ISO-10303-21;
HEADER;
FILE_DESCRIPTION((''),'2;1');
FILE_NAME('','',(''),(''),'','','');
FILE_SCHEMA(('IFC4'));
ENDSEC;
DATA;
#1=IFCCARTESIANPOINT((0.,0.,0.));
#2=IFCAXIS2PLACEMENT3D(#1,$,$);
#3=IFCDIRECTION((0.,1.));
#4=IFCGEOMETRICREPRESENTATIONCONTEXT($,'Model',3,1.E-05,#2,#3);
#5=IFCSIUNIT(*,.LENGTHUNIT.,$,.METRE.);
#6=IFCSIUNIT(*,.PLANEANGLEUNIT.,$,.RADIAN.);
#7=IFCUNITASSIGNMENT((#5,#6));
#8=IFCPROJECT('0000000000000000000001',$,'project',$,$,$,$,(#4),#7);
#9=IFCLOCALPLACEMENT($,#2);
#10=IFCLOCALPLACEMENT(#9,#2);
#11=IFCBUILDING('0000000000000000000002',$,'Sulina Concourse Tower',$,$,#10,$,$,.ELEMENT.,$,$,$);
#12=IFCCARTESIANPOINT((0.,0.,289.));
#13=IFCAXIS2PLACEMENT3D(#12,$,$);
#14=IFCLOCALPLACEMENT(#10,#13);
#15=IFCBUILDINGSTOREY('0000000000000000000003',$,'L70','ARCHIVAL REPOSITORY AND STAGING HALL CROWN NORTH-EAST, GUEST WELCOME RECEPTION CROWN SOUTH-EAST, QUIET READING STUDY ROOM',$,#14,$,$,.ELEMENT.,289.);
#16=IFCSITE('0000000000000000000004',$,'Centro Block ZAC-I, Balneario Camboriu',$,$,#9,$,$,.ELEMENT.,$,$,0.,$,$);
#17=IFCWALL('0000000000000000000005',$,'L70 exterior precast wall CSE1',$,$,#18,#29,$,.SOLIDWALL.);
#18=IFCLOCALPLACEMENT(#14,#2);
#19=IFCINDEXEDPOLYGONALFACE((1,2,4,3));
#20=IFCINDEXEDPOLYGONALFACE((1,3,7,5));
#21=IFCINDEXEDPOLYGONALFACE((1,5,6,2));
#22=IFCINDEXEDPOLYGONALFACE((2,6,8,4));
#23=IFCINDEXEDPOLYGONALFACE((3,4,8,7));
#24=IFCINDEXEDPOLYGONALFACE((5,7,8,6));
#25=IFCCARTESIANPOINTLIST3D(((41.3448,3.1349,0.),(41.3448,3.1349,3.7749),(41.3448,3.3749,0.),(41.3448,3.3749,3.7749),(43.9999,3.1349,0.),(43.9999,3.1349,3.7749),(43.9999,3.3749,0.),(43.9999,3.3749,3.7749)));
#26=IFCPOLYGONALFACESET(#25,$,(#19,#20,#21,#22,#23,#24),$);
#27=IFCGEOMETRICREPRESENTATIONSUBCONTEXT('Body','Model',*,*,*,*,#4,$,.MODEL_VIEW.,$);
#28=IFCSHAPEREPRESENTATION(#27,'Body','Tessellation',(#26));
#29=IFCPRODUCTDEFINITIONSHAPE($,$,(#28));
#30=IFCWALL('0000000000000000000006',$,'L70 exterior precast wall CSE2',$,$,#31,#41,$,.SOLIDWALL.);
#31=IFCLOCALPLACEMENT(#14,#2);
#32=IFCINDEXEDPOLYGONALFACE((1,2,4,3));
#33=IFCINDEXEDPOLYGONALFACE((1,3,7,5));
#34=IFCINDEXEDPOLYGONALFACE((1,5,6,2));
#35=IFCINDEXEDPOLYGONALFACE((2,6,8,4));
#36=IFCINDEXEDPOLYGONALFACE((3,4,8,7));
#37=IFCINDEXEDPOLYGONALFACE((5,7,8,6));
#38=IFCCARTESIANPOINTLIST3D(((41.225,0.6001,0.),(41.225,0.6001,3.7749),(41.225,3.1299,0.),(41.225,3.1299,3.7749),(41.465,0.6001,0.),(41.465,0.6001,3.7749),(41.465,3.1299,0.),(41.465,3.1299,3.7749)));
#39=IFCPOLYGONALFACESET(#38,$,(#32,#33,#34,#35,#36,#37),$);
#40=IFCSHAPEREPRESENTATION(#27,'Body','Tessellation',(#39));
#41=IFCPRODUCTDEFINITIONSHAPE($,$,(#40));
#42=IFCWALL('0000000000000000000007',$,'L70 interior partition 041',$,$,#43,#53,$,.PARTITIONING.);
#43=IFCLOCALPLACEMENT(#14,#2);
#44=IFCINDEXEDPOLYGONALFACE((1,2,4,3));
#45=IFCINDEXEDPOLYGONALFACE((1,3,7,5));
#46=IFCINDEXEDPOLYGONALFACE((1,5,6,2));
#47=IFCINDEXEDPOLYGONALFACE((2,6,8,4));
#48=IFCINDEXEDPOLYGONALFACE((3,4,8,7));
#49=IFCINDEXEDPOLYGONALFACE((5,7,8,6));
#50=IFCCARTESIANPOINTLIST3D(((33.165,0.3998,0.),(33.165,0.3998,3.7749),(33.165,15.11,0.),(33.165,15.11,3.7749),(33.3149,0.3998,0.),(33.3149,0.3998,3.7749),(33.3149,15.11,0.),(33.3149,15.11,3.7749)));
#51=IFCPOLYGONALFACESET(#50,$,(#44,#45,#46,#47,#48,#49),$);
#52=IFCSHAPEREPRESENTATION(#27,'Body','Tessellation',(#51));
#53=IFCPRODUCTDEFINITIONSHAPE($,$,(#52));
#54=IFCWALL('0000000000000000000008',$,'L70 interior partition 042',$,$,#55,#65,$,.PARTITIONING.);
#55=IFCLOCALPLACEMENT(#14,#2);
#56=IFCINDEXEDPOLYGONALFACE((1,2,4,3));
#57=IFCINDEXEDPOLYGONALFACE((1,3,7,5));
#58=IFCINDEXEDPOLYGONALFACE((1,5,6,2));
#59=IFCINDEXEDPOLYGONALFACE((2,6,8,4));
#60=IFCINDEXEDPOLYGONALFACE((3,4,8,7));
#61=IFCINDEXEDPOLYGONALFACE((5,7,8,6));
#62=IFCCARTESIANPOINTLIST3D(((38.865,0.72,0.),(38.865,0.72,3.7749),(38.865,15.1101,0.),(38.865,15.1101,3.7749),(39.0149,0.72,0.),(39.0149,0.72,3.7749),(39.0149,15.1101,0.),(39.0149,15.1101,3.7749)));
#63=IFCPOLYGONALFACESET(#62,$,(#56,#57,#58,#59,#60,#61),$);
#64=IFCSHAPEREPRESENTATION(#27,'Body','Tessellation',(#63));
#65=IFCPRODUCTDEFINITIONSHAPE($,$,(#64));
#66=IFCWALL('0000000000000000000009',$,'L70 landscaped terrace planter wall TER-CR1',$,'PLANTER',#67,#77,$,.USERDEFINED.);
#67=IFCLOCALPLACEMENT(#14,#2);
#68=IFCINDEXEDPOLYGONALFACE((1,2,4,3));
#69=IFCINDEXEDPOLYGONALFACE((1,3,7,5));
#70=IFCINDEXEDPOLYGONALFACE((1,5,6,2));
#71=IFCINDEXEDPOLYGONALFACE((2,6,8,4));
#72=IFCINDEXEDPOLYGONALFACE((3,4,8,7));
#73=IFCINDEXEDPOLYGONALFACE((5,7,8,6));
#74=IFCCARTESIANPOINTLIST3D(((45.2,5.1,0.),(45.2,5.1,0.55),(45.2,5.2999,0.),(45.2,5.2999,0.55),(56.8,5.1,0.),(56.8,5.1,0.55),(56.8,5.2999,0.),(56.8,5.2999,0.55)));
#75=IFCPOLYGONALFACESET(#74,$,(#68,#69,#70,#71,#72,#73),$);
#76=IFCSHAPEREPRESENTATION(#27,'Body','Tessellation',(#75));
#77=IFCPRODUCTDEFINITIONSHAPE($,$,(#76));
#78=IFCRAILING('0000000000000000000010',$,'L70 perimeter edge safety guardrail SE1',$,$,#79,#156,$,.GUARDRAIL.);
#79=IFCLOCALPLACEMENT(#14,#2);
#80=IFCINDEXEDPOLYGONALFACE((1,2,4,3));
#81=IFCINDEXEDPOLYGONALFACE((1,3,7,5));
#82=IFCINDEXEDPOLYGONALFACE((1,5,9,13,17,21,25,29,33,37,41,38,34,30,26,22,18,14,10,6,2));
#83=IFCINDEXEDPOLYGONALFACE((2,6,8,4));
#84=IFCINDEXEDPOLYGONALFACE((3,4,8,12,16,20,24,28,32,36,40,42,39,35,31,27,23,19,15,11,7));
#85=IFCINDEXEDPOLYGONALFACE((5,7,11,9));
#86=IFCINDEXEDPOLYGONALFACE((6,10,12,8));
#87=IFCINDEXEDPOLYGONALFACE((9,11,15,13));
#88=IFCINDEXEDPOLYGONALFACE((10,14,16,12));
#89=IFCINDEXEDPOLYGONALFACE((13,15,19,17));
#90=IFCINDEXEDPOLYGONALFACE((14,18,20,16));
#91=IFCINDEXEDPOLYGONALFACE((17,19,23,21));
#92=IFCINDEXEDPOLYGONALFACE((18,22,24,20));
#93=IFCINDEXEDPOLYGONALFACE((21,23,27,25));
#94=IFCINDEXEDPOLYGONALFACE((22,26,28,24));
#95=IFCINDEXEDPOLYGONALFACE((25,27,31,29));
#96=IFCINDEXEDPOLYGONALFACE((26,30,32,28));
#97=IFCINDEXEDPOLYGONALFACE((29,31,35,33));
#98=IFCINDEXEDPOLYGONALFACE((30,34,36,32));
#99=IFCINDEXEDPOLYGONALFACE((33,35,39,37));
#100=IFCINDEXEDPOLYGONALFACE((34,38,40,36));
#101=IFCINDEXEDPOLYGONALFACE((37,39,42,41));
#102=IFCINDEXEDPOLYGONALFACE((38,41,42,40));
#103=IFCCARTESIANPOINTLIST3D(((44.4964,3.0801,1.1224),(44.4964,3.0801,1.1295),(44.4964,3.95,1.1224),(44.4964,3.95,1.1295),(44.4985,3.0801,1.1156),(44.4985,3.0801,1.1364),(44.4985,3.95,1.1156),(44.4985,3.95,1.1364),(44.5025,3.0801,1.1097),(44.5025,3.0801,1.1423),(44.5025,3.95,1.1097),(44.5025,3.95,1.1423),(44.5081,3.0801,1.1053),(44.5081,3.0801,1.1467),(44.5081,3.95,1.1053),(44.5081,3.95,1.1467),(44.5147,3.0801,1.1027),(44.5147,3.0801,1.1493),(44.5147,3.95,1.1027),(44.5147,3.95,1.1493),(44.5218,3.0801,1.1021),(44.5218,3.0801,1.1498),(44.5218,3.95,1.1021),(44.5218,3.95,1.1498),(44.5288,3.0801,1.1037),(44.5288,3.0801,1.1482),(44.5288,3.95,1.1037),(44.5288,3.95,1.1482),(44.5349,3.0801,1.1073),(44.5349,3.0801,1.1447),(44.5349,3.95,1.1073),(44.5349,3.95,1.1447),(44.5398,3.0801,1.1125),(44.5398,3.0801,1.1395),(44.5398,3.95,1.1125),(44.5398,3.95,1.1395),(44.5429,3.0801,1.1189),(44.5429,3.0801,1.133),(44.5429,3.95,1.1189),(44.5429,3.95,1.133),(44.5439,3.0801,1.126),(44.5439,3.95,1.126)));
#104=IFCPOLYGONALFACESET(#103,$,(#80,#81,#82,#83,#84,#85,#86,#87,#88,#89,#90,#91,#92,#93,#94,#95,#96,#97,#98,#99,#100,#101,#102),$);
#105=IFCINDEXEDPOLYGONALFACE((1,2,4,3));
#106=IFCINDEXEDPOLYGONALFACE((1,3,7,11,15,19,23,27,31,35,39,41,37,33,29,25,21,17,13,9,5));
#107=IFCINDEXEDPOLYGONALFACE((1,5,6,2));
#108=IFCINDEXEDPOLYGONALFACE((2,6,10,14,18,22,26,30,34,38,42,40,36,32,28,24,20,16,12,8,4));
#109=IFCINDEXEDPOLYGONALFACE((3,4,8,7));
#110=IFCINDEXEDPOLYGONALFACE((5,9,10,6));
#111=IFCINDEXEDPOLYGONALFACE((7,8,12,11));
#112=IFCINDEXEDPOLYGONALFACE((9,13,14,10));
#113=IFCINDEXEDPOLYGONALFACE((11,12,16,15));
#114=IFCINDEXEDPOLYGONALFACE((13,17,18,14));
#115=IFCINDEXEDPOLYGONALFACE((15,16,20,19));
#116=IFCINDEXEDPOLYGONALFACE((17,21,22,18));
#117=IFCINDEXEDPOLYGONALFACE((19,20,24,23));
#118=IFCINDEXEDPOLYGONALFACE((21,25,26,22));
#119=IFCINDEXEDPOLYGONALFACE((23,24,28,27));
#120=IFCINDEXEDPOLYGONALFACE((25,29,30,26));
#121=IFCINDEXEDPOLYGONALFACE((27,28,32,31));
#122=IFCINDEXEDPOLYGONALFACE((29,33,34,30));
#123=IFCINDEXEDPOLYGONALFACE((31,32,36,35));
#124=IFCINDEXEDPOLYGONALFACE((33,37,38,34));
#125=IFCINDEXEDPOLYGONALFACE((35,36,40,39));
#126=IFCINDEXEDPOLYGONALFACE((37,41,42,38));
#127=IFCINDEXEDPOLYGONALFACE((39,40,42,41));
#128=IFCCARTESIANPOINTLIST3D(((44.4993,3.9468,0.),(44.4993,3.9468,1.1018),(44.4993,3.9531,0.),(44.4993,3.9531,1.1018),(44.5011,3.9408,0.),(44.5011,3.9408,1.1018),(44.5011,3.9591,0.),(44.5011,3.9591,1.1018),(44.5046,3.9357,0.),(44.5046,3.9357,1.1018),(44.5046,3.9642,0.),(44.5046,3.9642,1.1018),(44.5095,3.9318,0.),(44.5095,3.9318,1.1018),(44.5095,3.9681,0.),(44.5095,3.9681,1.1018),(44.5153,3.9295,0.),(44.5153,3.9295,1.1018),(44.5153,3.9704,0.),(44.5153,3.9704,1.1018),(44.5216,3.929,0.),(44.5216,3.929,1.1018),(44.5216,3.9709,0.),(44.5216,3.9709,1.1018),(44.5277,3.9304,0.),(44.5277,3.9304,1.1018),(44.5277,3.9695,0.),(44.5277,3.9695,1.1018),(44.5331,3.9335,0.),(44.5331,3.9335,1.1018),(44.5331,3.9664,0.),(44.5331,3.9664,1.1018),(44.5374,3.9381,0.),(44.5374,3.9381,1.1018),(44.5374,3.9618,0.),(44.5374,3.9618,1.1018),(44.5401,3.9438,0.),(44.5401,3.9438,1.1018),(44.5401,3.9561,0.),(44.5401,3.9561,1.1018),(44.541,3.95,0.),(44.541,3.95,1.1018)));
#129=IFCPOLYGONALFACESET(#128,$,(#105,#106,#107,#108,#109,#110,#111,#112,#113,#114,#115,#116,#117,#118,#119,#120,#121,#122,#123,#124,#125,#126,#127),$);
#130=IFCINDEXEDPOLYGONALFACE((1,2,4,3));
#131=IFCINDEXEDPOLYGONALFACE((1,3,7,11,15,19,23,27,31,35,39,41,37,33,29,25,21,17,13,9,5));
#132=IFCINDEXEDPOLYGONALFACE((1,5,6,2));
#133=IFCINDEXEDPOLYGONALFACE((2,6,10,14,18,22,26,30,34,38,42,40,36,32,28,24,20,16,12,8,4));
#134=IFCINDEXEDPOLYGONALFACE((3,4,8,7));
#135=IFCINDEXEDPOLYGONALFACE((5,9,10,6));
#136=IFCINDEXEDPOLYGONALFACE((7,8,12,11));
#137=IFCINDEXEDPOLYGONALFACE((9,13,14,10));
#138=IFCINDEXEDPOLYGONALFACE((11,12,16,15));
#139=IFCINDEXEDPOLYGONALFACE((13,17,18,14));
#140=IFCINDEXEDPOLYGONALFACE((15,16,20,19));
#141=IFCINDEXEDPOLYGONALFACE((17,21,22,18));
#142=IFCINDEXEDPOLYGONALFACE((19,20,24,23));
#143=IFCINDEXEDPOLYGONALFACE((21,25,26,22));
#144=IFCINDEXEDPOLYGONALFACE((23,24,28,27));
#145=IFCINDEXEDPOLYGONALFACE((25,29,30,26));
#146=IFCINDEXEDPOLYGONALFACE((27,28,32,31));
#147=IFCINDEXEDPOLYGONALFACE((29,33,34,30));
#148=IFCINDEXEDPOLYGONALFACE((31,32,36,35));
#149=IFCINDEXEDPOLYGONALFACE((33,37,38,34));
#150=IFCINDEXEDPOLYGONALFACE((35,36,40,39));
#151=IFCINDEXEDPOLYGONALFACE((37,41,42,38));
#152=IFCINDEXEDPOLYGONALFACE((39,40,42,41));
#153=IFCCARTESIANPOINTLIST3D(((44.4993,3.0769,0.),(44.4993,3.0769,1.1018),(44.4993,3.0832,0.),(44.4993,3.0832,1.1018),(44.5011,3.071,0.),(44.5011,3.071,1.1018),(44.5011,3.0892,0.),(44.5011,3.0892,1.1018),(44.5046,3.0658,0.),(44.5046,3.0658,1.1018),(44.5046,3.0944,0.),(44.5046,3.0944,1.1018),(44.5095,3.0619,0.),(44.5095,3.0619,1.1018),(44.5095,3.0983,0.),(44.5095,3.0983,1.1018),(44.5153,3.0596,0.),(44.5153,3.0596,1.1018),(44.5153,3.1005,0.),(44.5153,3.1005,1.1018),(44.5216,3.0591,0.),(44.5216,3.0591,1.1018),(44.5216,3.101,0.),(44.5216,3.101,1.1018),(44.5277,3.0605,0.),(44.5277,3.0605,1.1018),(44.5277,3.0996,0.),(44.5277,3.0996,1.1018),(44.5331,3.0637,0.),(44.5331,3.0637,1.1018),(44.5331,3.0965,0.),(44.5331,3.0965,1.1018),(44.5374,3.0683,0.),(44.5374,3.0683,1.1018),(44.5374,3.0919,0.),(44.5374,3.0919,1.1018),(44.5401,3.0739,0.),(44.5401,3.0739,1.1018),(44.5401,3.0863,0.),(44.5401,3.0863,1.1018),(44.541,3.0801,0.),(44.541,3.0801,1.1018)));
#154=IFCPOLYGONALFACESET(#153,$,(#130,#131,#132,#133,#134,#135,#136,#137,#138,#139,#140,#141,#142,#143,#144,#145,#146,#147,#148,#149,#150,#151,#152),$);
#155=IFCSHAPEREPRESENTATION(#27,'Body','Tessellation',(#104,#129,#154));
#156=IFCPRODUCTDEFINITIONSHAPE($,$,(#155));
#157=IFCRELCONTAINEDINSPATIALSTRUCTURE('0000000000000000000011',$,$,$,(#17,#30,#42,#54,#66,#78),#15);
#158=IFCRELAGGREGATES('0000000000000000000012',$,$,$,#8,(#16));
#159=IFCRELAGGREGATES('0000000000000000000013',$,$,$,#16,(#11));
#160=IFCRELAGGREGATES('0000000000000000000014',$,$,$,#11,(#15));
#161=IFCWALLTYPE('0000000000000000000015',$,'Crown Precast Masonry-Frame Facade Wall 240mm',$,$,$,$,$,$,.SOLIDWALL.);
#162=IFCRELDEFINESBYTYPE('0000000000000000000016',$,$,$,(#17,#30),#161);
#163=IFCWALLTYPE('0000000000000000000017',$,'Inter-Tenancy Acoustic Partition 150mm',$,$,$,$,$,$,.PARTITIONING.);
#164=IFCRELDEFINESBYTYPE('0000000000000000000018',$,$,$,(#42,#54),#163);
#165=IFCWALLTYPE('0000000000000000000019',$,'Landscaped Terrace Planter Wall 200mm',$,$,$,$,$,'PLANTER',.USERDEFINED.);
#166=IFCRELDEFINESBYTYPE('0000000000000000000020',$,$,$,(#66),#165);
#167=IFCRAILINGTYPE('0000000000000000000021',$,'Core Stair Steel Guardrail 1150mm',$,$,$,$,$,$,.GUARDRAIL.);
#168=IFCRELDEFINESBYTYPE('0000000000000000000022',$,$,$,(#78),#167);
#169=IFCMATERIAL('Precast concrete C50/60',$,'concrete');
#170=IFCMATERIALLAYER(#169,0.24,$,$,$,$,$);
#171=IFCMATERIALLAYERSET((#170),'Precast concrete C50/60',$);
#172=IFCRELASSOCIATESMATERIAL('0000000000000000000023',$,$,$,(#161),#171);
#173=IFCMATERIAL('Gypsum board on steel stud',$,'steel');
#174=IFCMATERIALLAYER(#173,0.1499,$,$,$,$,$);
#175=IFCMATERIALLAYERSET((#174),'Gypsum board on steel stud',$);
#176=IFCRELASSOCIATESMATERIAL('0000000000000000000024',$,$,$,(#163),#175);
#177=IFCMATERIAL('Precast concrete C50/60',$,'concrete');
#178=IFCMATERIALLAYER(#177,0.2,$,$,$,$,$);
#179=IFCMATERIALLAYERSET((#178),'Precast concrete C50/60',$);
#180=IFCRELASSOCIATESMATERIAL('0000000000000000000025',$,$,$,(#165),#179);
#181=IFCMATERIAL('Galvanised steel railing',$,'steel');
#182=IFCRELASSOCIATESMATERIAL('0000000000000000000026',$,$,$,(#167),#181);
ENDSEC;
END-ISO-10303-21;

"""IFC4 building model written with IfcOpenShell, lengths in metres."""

from ifc_helpers import new_model, si_unit, direction, frame, frame_2d, origin, origin_2d, place, context, subcontext, project, spatial, rectangle, circle, extrude, material, layer, layer_set, type_object, element, save


model = new_model("IFC4")

# Units and contexts
model_context = context("Model", 3, precision=1e-05, world=origin(), true_north=direction((0.0, 1.0)))
body_context = subcontext(model_context, "Body", "Model", "MODEL_VIEW")
ifc_project = project(units=[si_unit("LENGTHUNIT", "METRE"), si_unit("PLANEANGLEUNIT", "RADIAN")], contexts=[model_context])

# Site, building, storey
site_placement = place(None, origin())
site = spatial("IfcSite", under=ifc_project, at=site_placement, Name="Centro Block ZAC-I, Balneario Camboriu", CompositionType="ELEMENT", RefElevation=0.0)
building_placement = place(site_placement, origin())
building = spatial("IfcBuilding", under=site, at=building_placement, Name="Sulina Concourse Tower", CompositionType="ELEMENT")
storey_placement = place(building_placement, frame((0.0, 0.0, 289.0)))
storey = spatial("IfcBuildingStorey", under=building, at=storey_placement, Name="L70", Description="ARCHIVAL REPOSITORY AND STAGING HALL CROWN NORTH-EAST, GUEST WELCOME RECEPTION CROWN SOUTH-EAST, QUIET READING STUDY ROOM", CompositionType="ELEMENT", Elevation=289.0)

# Shared definitions
ifc_material_1 = material(Name="Precast concrete C50/60", Category="concrete")
ifc_layer_1 = layer(ifc_material_1, 0.24)
ifc_layer_set_1 = layer_set([ifc_layer_1], Name="Precast concrete C50/60")
wall_type_1 = type_object("IfcWallType", Name="Crown Precast Masonry-Frame Facade Wall 240mm", PredefinedType="SOLIDWALL", material=ifc_layer_set_1)

# Walls
wall_1_placement = place(storey_placement, frame((44.0, 3.2549, 0.0), z_axis=(0.0, 0.0, 1.0), x_axis=(-1.0, 0.0, 0.0)))
element("IfcWall", 1, at=wall_1_placement, inside=storey, type_object=wall_type_1, Name="L70 exterior precast wall CSE1", PredefinedType="SOLIDWALL", context=body_context, shape_type="SweptSolid", body=[
    extrude(rectangle(XDim=2.655, YDim=0.24, at=frame_2d((1.3276, 0.0))), origin(), (0.0, 0.0, 1.0), 3.7749),
])
wall_2_placement = place(storey_placement, frame((41.345, 3.1299, 0.0), z_axis=(0.0, 0.0, 1.0), x_axis=(0.0, -1.0, 0.0)))
element("IfcWall", 2, at=wall_2_placement, inside=storey, type_object=wall_type_1, Name="L70 exterior precast wall CSE2", PredefinedType="SOLIDWALL", context=body_context, shape_type="SweptSolid", body=[
    extrude(rectangle(XDim=2.5298, YDim=0.24, at=frame_2d((1.2649, 0.0))), origin(), (0.0, 0.0, 1.0), 3.7749),
])
ifc_material_2 = material(Name="Gypsum board on steel stud", Category="steel")
ifc_layer_2 = layer(ifc_material_2, 0.1499)
ifc_layer_set_2 = layer_set([ifc_layer_2], Name="Gypsum board on steel stud")
wall_type_2 = type_object("IfcWallType", Name="Inter-Tenancy Acoustic Partition 150mm", PredefinedType="PARTITIONING", material=ifc_layer_set_2)
wall_3_placement = place(storey_placement, frame((33.24, 0.3999, 0.0), z_axis=(0.0, 0.0, 1.0), x_axis=(0.0, 1.0, 0.0)))
element("IfcWall", 3, at=wall_3_placement, inside=storey, type_object=wall_type_2, Name="L70 interior partition 041", PredefinedType="PARTITIONING", context=body_context, shape_type="SweptSolid", body=[
    extrude(rectangle(XDim=14.7102, YDim=0.1499, at=frame_2d((7.355, 0.0))), origin(), (0.0, 0.0, 1.0), 3.7749),
])
wall_4_placement = place(storey_placement, frame((38.9399, 0.72, 0.0), z_axis=(0.0, 0.0, 1.0), x_axis=(0.0, 1.0, 0.0)))
element("IfcWall", 4, at=wall_4_placement, inside=storey, type_object=wall_type_2, Name="L70 interior partition 042", PredefinedType="PARTITIONING", context=body_context, shape_type="SweptSolid", body=[
    extrude(rectangle(XDim=14.3901, YDim=0.1499, at=frame_2d((7.1951, 0.0))), origin(), (0.0, 0.0, 1.0), 3.7749),
])
ifc_material_3 = material(Name="Precast concrete C50/60", Category="concrete")
ifc_layer_3 = layer(ifc_material_3, 0.2)
ifc_layer_set_3 = layer_set([ifc_layer_3], Name="Precast concrete C50/60")
wall_type_3 = type_object("IfcWallType", Name="Landscaped Terrace Planter Wall 200mm", ElementType="PLANTER", PredefinedType="USERDEFINED", material=ifc_layer_set_3)
wall_5_placement = place(storey_placement, frame((45.2, 5.2, 0.0), z_axis=(0.0, 0.0, 1.0), x_axis=(1.0, 0.0, 0.0)))
element("IfcWall", 5, at=wall_5_placement, inside=storey, type_object=wall_type_3, Name="L70 landscaped terrace planter wall TER-CR1", ObjectType="PLANTER", PredefinedType="USERDEFINED", context=body_context, shape_type="SweptSolid", body=[
    extrude(rectangle(XDim=11.6001, YDim=0.2, at=frame_2d((5.8, 0.0))), origin(), (0.0, 0.0, 1.0), 0.55),
])

# Railing
ifc_material_4 = material(Name="Galvanised steel railing", Category="steel")
railing_type_1 = type_object("IfcRailingType", Name="Core Stair Steel Guardrail 1150mm", PredefinedType="GUARDRAIL", material=ifc_material_4)
railing_1_placement = place(storey_placement, frame((44.52, 3.95, 0.0)))
element("IfcRailing", 6, at=railing_1_placement, inside=storey, type_object=railing_type_1, Name="L70 perimeter edge safety guardrail SE1", PredefinedType="GUARDRAIL", context=body_context, shape_type="SweptSolid", body=[
    extrude(circle(Radius=0.0239, at=origin_2d()), frame((0.0, 0.0, 1.126), z_axis=(0.0, -1.0, 0.0), x_axis=(1.0, 0.0, 0.0)), (0.0, 0.0, 1.0), 0.8699),
    extrude(circle(Radius=0.021, at=origin_2d()), origin(), (0.0, 0.0, 1.0), 1.1018),
    extrude(circle(Radius=0.021, at=origin_2d()), frame((0.0, -0.8699, 0.0)), (0.0, 0.0, 1.0), 1.1018),
])

save(model, "model.ifc")
